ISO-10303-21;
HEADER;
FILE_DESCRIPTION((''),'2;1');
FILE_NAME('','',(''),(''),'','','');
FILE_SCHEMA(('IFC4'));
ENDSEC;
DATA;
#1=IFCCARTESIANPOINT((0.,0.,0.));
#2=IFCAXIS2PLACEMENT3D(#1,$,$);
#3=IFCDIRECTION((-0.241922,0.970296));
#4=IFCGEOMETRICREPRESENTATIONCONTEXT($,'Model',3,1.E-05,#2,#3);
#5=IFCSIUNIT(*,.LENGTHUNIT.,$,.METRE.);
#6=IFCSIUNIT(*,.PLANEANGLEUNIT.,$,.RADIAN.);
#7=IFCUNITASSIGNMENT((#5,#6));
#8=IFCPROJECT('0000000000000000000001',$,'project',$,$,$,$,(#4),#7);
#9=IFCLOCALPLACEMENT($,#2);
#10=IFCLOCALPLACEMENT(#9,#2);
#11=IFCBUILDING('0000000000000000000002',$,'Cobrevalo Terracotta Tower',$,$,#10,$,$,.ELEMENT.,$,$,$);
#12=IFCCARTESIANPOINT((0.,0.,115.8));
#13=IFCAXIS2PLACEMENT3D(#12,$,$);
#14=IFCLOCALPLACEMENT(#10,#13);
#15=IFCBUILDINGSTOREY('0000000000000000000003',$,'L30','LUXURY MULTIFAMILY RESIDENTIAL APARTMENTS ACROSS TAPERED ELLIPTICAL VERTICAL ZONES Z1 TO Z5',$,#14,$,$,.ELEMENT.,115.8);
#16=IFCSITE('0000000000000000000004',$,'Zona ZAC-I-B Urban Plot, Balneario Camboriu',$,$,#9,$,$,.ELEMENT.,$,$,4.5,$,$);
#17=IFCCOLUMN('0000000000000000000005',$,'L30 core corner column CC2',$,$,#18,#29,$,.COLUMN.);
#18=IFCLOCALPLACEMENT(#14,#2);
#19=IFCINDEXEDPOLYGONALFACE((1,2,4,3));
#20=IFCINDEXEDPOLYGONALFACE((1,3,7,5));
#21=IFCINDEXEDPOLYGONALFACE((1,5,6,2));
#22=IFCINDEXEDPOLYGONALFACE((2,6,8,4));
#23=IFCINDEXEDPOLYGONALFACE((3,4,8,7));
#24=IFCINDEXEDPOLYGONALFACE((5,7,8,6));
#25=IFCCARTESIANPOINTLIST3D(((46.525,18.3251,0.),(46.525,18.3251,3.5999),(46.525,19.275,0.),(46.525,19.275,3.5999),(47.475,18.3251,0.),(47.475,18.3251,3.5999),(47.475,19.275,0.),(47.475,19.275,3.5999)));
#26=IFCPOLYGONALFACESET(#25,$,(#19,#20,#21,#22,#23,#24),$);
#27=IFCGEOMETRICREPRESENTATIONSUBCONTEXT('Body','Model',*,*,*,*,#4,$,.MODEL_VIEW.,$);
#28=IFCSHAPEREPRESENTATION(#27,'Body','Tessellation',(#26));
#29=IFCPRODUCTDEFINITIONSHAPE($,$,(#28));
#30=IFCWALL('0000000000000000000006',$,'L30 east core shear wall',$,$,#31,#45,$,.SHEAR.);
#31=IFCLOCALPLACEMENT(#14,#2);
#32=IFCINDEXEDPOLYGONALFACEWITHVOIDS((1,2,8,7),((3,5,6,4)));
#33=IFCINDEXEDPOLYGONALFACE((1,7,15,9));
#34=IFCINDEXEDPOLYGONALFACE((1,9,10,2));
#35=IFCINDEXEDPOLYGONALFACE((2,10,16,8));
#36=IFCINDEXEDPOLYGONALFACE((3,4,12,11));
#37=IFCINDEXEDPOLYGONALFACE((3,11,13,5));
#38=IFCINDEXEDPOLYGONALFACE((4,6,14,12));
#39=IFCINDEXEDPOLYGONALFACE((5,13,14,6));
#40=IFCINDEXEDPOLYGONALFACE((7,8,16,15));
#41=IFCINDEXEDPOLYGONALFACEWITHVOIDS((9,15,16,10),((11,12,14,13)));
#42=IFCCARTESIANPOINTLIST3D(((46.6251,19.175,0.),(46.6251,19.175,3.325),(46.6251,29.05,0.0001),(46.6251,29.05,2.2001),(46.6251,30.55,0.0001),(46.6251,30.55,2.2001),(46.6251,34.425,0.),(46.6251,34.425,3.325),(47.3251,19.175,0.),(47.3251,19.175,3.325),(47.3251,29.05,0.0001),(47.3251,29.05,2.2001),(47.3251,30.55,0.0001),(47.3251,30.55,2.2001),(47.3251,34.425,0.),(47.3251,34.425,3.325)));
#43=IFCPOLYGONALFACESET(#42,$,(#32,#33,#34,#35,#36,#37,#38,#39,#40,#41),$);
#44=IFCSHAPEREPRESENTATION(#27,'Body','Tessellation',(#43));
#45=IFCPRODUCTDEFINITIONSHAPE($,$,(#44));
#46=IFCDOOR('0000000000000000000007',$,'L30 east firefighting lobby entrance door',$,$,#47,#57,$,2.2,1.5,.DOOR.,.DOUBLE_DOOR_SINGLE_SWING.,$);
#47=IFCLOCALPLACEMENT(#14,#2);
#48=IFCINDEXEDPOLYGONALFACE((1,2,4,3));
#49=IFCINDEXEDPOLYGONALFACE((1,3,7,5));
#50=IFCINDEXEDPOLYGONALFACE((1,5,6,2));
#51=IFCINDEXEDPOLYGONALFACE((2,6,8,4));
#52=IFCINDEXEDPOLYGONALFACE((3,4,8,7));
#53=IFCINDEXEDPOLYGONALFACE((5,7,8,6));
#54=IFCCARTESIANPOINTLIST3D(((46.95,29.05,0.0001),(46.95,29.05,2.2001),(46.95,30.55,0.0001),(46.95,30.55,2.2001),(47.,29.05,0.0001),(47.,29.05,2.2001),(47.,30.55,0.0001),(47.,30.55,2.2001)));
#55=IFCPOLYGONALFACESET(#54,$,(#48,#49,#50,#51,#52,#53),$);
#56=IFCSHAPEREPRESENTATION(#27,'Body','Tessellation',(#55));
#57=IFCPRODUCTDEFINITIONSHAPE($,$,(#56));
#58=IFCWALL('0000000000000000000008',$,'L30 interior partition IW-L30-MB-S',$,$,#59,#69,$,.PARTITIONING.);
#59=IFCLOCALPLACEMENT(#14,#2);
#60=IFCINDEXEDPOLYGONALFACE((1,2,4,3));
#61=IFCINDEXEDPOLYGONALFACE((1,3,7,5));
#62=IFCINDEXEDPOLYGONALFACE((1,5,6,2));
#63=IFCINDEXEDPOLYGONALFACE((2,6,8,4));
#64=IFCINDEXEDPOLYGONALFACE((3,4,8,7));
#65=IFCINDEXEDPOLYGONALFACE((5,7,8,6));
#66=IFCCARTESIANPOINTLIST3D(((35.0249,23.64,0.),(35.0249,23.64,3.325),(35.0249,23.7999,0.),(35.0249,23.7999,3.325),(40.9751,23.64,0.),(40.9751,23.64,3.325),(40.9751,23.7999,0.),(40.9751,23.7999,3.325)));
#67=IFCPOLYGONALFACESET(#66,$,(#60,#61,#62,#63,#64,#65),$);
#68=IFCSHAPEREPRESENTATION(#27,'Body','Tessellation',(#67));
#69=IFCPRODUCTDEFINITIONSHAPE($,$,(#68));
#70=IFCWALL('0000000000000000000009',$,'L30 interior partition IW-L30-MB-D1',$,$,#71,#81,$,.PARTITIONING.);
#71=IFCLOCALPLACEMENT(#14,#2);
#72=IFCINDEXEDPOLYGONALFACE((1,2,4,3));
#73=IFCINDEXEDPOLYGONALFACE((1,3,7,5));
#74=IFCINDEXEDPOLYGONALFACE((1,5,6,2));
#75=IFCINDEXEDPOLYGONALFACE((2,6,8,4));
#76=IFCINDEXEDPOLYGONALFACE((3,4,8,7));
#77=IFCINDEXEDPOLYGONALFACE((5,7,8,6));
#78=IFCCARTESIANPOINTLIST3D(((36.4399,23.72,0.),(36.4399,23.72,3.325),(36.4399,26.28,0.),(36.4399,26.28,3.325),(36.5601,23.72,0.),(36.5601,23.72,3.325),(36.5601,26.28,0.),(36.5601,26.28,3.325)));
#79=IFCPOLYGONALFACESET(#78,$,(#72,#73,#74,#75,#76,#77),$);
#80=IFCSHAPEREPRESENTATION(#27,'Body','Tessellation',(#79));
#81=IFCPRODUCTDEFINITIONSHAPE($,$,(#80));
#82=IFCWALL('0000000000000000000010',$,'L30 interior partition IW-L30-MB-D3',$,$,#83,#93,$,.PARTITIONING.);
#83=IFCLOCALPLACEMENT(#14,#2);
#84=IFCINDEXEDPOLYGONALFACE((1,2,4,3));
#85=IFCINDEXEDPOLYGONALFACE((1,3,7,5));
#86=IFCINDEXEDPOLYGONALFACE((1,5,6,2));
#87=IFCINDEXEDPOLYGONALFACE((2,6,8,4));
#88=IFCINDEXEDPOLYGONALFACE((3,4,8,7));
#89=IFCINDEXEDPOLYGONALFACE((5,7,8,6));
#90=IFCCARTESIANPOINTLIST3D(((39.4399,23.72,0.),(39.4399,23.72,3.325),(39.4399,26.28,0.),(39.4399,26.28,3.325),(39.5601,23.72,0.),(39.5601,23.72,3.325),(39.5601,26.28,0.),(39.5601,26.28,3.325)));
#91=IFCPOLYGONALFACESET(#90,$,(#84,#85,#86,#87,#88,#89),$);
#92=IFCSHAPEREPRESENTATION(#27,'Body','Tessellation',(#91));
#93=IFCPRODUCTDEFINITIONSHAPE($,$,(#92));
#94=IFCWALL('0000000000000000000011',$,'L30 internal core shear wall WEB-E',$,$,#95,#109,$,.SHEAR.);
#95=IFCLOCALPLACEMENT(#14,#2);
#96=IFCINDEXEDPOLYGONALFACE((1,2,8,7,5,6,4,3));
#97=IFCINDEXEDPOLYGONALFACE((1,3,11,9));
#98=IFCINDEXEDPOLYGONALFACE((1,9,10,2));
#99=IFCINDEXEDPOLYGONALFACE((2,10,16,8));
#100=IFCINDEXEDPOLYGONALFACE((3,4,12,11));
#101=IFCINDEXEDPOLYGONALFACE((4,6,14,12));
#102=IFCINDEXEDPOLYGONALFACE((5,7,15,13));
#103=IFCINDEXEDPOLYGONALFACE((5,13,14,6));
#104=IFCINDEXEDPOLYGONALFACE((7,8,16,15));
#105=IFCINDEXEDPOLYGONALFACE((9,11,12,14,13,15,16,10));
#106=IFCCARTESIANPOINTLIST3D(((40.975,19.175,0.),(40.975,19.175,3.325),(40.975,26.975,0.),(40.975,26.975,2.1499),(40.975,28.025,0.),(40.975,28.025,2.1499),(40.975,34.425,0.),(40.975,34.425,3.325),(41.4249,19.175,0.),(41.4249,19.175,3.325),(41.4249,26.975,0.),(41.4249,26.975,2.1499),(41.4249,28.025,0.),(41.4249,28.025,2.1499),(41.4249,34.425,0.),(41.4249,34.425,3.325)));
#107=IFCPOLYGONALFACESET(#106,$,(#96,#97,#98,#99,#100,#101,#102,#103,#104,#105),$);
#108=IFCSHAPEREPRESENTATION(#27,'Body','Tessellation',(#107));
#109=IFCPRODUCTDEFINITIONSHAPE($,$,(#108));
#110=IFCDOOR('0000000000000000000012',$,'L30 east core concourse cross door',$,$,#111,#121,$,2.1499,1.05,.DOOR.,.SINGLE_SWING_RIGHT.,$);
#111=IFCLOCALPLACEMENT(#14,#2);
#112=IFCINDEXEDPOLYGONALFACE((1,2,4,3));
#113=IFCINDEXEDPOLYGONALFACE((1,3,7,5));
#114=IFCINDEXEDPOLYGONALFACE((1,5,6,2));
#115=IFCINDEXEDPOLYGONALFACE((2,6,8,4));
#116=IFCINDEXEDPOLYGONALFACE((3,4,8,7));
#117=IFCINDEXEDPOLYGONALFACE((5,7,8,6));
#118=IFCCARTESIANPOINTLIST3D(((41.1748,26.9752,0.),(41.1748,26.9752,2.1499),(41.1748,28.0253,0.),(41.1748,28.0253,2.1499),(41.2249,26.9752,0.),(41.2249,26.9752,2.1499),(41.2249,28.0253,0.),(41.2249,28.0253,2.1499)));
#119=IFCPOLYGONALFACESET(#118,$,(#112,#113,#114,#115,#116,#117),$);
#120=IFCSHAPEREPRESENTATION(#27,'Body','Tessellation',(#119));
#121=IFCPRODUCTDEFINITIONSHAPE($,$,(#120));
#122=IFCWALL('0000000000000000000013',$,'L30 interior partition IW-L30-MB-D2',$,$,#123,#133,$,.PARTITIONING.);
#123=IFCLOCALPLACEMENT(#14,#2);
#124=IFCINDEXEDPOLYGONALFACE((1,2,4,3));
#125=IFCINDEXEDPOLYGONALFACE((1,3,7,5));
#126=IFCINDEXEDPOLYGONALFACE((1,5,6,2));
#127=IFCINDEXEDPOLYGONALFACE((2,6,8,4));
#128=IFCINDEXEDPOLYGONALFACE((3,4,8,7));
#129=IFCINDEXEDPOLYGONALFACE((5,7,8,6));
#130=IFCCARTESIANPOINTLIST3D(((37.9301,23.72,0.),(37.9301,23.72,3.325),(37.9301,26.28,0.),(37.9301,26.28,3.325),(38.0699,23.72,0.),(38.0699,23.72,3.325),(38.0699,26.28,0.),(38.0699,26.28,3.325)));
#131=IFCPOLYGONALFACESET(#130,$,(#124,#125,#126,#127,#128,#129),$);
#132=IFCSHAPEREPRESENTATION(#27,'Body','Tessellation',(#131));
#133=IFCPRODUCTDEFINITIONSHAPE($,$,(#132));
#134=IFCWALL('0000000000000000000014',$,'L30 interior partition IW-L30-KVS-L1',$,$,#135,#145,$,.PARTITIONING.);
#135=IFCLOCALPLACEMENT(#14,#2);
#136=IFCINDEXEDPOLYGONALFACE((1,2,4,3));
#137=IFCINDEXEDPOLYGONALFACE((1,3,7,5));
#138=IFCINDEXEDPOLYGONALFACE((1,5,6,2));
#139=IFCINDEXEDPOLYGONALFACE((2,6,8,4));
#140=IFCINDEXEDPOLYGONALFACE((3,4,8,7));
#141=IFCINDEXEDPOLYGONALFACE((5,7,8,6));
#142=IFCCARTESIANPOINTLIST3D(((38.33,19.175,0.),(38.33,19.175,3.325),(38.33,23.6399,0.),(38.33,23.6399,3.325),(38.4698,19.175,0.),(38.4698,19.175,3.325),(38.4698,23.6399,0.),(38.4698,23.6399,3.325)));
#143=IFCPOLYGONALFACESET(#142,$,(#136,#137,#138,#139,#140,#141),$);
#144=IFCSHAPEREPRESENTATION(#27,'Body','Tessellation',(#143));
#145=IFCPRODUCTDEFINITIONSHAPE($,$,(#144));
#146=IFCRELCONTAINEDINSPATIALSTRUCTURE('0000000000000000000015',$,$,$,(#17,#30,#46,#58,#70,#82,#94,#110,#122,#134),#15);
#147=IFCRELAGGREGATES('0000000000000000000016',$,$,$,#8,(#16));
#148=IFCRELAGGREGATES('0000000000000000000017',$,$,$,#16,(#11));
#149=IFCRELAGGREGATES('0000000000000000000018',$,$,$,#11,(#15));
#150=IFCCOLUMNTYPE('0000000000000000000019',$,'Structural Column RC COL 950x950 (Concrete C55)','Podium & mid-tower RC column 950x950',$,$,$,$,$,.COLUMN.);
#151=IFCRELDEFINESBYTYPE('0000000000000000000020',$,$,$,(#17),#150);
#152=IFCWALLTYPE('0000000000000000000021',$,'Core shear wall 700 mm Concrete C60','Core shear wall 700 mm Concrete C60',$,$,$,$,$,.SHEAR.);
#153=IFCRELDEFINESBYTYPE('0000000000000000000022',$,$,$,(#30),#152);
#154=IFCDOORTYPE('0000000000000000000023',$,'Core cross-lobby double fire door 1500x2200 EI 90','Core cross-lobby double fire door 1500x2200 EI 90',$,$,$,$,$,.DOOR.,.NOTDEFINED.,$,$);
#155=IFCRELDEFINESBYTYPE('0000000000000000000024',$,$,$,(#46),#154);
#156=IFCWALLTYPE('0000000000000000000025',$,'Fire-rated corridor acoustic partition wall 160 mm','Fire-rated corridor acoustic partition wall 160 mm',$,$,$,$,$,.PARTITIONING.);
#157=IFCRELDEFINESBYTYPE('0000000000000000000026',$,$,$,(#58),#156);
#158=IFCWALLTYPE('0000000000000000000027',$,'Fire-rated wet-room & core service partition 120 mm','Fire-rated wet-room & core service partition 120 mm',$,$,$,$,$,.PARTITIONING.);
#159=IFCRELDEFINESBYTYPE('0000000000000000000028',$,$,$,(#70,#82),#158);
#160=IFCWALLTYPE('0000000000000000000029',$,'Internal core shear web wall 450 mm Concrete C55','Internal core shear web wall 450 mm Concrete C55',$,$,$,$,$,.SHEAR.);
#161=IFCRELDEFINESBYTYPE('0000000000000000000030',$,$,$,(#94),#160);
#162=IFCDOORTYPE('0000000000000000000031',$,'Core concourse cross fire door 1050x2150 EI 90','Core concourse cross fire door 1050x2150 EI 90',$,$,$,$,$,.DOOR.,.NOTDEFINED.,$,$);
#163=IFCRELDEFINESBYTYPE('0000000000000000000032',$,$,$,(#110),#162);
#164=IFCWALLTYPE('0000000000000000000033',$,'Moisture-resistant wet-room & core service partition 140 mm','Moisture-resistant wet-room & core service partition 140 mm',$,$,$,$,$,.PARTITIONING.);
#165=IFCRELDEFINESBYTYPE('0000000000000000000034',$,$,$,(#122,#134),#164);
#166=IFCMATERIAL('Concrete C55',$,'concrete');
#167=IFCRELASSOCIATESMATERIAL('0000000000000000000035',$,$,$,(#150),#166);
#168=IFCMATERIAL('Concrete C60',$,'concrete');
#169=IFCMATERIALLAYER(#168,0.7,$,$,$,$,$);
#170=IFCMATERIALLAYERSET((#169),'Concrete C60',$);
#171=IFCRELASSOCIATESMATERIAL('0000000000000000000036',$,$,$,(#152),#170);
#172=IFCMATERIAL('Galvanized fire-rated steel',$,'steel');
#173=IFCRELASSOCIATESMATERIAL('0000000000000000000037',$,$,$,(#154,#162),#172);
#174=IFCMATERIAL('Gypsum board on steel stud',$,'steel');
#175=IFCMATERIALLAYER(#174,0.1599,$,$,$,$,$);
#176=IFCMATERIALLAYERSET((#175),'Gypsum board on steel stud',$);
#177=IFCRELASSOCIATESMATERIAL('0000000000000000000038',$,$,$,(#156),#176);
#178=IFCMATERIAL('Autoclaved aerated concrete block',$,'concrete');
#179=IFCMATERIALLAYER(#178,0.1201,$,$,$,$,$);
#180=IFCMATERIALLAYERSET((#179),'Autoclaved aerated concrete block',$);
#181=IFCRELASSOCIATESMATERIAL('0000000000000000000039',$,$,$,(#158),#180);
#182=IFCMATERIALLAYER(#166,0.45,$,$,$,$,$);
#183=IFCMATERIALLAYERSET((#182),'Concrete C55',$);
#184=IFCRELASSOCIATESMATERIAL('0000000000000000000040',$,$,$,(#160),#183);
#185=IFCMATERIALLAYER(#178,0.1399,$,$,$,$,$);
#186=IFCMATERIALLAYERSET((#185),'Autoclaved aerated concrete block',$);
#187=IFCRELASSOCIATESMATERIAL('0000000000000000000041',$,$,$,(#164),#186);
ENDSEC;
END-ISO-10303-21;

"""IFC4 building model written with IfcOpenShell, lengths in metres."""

from ifc_helpers import new_model, si_unit, direction, frame, frame_2d, origin, origin_2d, place, context, subcontext, project, spatial, rectangle, extrude, source, transform, mapped, material, layer, layer_set, material_profile, profile_set, type_object, element, fill, save


model = new_model("IFC4")

# Units and contexts
model_context = context("Model", 3, precision=1e-05, world=origin(), true_north=direction((-0.241922, 0.970296)))
body_context = subcontext(model_context, "Body", "Model", "MODEL_VIEW")
ifc_project = project(units=[si_unit("LENGTHUNIT", "METRE"), si_unit("PLANEANGLEUNIT", "RADIAN")], contexts=[model_context])

# Site, building, storey
site_placement = place(None, origin())
site = spatial("IfcSite", under=ifc_project, at=site_placement, Name="Zona ZAC-I-B Urban Plot, Balneario Camboriu", CompositionType="ELEMENT", RefElevation=4.5)
building_placement = place(site_placement, origin())
building = spatial("IfcBuilding", under=site, at=building_placement, Name="Cobrevalo Terracotta Tower", CompositionType="ELEMENT")
storey_placement = place(building_placement, frame((0.0, 0.0, 115.8)))
storey = spatial("IfcBuildingStorey", under=building, at=storey_placement, Name="L30", Description="LUXURY MULTIFAMILY RESIDENTIAL APARTMENTS ACROSS TAPERED ELLIPTICAL VERTICAL ZONES Z1 TO Z5", CompositionType="ELEMENT", Elevation=115.8)

# Column
ifc_material_1 = material(Name="Concrete C55", Category="concrete")
ifc_material_profile = material_profile(ifc_material_1, rectangle(XDim=0.95, YDim=0.95, at=origin_2d()), Name="RC COL 950x950")
ifc_profile_set = profile_set([ifc_material_profile], Name="Concrete C55")
column_type = type_object("IfcColumnType", Name="Structural Column RC COL 950x950 (Concrete C55)", Description="Podium & mid-tower RC column 950x950", PredefinedType="COLUMN", material=ifc_profile_set)
column_placement = place(storey_placement, frame((47.0, 18.8, 0.0), z_axis=(0.0, 0.0, 1.0), x_axis=(1.0, 0.0, 0.0)))
element("IfcColumn", 1, at=column_placement, inside=storey, type_object=column_type, Name="L30 core corner column CC2", PredefinedType="COLUMN", context=body_context, shape_type="SweptSolid", body=[
    extrude(rectangle(XDim=0.95, YDim=0.95, at=origin_2d()), origin(), (0.0, 0.0, 1.0), 3.5999),
])

# Wall, opening, door
ifc_material_2 = material(Name="Concrete C60", Category="concrete")
ifc_layer_1 = layer(ifc_material_2, 0.7)
ifc_layer_set_1 = layer_set([ifc_layer_1], Name="Concrete C60")
wall_type_1 = type_object("IfcWallType", Name="Core shear wall 700 mm Concrete C60", Description="Core shear wall 700 mm Concrete C60", PredefinedType="SHEAR", material=ifc_layer_set_1)
wall_1_placement = place(storey_placement, frame((46.9751, 19.175, 0.0), z_axis=(0.0, 0.0, 1.0), x_axis=(0.0, 1.0, 0.0)))
wall_1 = element("IfcWall", 2, at=wall_1_placement, inside=storey, type_object=wall_type_1, Name="L30 east core shear wall", PredefinedType="SHEAR", context=body_context, shape_type="SweptSolid", body=[
    extrude(rectangle(XDim=15.25, YDim=0.7, at=frame_2d((7.625, 0.0))), origin(), (0.0, 0.0, 1.0), 3.325),
])
opening_1_placement = place(wall_1_placement, frame((9.875, 0.0, 0.0)))
opening_1 = element("IfcOpeningElement", 3, at=opening_1_placement, cuts=wall_1, PredefinedType="OPENING", context=body_context, shape_type="SweptSolid", body=[
    extrude(rectangle(XDim=1.5, YDim=2.2, at=frame_2d((0.75, 1.1001))), frame((0.0, 0.3599, 0.0), z_axis=(0.0, -1.0, 0.0), x_axis=(1.0, 0.0, 0.0)), (0.0, 0.0, 1.0), 0.72),
])
ifc_material_3 = material(Name="Galvanized fire-rated steel", Category="steel")
door_type_1 = type_object("IfcDoorType", Name="Core cross-lobby double fire door 1500x2200 EI 90", Description="Core cross-lobby double fire door 1500x2200 EI 90", OperationType="NOTDEFINED", PredefinedType="DOOR", material=ifc_material_3)
shared_shape_1 = source(origin(), body_context, "Body", "SweptSolid", [
    extrude(rectangle(XDim=1.5, YDim=2.2, at=frame_2d((0.75, 1.1001))), frame((0.0, 0.0249, 0.0), z_axis=(0.0, -1.0, 0.0), x_axis=(1.0, 0.0, 0.0)), (0.0, 0.0, 1.0), 0.05),
])
door_1_placement = place(opening_1_placement, frame((1.5, 0.0, 0.0), z_axis=(0.0, 0.0, 1.0), x_axis=(-1.0, 0.0, 0.0)))
door_1 = element("IfcDoor", 4, at=door_1_placement, inside=storey, type_object=door_type_1, Name="L30 east firefighting lobby entrance door", OperationType="DOUBLE_DOOR_SINGLE_SWING", OverallHeight=2.2, OverallWidth=1.5, PredefinedType="DOOR", context=body_context, shape_type="MappedRepresentation", body=[
    mapped(shared_shape_1, transform((0.0, 0.0, 0.0), scale=1.0)),
])
fill(opening_1, door_1)

# Walls
ifc_material_4 = material(Name="Gypsum board on steel stud", Category="steel")
ifc_layer_2 = layer(ifc_material_4, 0.1599)
ifc_layer_set_2 = layer_set([ifc_layer_2], Name="Gypsum board on steel stud")
wall_type_2 = type_object("IfcWallType", Name="Fire-rated corridor acoustic partition wall 160 mm", Description="Fire-rated corridor acoustic partition wall 160 mm", PredefinedType="PARTITIONING", material=ifc_layer_set_2)
wall_2_placement = place(storey_placement, frame((35.0249, 23.72, 0.0), z_axis=(0.0, 0.0, 1.0), x_axis=(1.0, 0.0, 0.0)))
element("IfcWall", 5, at=wall_2_placement, inside=storey, type_object=wall_type_2, Name="L30 interior partition IW-L30-MB-S", PredefinedType="PARTITIONING", context=body_context, shape_type="SweptSolid", body=[
    extrude(rectangle(XDim=5.9502, YDim=0.1599, at=frame_2d((2.9751, 0.0))), origin(), (0.0, 0.0, 1.0), 3.325),
])
ifc_material_5 = material(Name="Autoclaved aerated concrete block", Category="concrete")
ifc_layer_3 = layer(ifc_material_5, 0.1201)
ifc_layer_set_3 = layer_set([ifc_layer_3], Name="Autoclaved aerated concrete block")
wall_type_3 = type_object("IfcWallType", Name="Fire-rated wet-room & core service partition 120 mm", Description="Fire-rated wet-room & core service partition 120 mm", PredefinedType="PARTITIONING", material=ifc_layer_set_3)
for number, where, z_axis, x_axis, name in (
    (6, (36.5, 23.72, 0.0), (0.0, 0.0, 1.0), (0.0, 1.0, 0.0), "L30 interior partition IW-L30-MB-D1"),
    (7, (39.5, 23.72, 0.0), (0.0, 0.0, 1.0), (0.0, 1.0, 0.0), "L30 interior partition IW-L30-MB-D3"),
):
    element("IfcWall", number, at=place(storey_placement, frame(where, z_axis=z_axis, x_axis=x_axis)), inside=storey, type_object=wall_type_3, Name=name, PredefinedType="PARTITIONING", context=body_context, shape_type="SweptSolid", body=[
        extrude(rectangle(XDim=2.5601, YDim=0.1201, at=frame_2d((1.28, 0.0))), origin(), (0.0, 0.0, 1.0), 3.325),
    ])

# Wall, opening, door
ifc_layer_4 = layer(ifc_material_1, 0.45)
ifc_layer_set_4 = layer_set([ifc_layer_4], Name="Concrete C55")
wall_type_4 = type_object("IfcWallType", Name="Internal core shear web wall 450 mm Concrete C55", Description="Internal core shear web wall 450 mm Concrete C55", PredefinedType="SHEAR", material=ifc_layer_set_4)
wall_3_placement = place(storey_placement, frame((41.2, 19.175, 0.0), z_axis=(0.0, 0.0, 1.0), x_axis=(0.0, 1.0, 0.0)))
wall_3 = element("IfcWall", 8, at=wall_3_placement, inside=storey, type_object=wall_type_4, Name="L30 internal core shear wall WEB-E", PredefinedType="SHEAR", context=body_context, shape_type="SweptSolid", body=[
    extrude(rectangle(XDim=15.25, YDim=0.45, at=frame_2d((7.625, 0.0))), origin(), (0.0, 0.0, 1.0), 3.325),
])
opening_2_placement = place(wall_3_placement, frame((7.8, 0.0, 0.0)))
opening_2 = element("IfcOpeningElement", 9, at=opening_2_placement, cuts=wall_3, PredefinedType="OPENING", context=body_context, shape_type="SweptSolid", body=[
    extrude(rectangle(XDim=1.05, YDim=2.1499, at=frame_2d((0.5249, 1.075))), frame((0.0, 0.2349, 0.0), z_axis=(0.0, -1.0, 0.0), x_axis=(1.0, 0.0, 0.0)), (0.0, 0.0, 1.0), 0.47),
])
door_type_2 = type_object("IfcDoorType", Name="Core concourse cross fire door 1050x2150 EI 90", Description="Core concourse cross fire door 1050x2150 EI 90", OperationType="NOTDEFINED", PredefinedType="DOOR", material=ifc_material_3)
shared_shape_2 = source(origin(), body_context, "Body", "SweptSolid", [
    extrude(rectangle(XDim=1.05, YDim=2.1499, at=frame_2d((0.5249, 1.075))), frame((0.0, 0.0249, 0.0), z_axis=(0.0, -1.0, 0.0), x_axis=(1.0, 0.0, 0.0)), (0.0, 0.0, 1.0), 0.05),
])
door_2_placement = place(opening_2_placement, frame((1.05, 0.0, 0.0), z_axis=(0.0, 0.0, 1.0), x_axis=(-1.0, 0.0, 0.0)))
door_2 = element("IfcDoor", 10, at=door_2_placement, inside=storey, type_object=door_type_2, Name="L30 east core concourse cross door", OperationType="SINGLE_SWING_RIGHT", OverallHeight=2.1499, OverallWidth=1.05, PredefinedType="DOOR", context=body_context, shape_type="MappedRepresentation", body=[
    mapped(shared_shape_2, transform((0.0, 0.0, 0.0), scale=1.0)),
])
fill(opening_2, door_2)

# Walls
ifc_layer_5 = layer(ifc_material_5, 0.1399)
ifc_layer_set_5 = layer_set([ifc_layer_5], Name="Autoclaved aerated concrete block")
wall_type_5 = type_object("IfcWallType", Name="Moisture-resistant wet-room & core service partition 140 mm", Description="Moisture-resistant wet-room & core service partition 140 mm", PredefinedType="PARTITIONING", material=ifc_layer_set_5)
wall_4_placement = place(storey_placement, frame((38.0, 23.72, 0.0), z_axis=(0.0, 0.0, 1.0), x_axis=(0.0, 1.0, 0.0)))
element("IfcWall", 11, at=wall_4_placement, inside=storey, type_object=wall_type_5, Name="L30 interior partition IW-L30-MB-D2", PredefinedType="PARTITIONING", context=body_context, shape_type="SweptSolid", body=[
    extrude(rectangle(XDim=2.5601, YDim=0.1399, at=frame_2d((1.28, 0.0))), origin(), (0.0, 0.0, 1.0), 3.325),
])
wall_5_placement = place(storey_placement, frame((38.3999, 19.175, 0.0), z_axis=(0.0, 0.0, 1.0), x_axis=(0.0, 1.0, 0.0)))
element("IfcWall", 12, at=wall_5_placement, inside=storey, type_object=wall_type_5, Name="L30 interior partition IW-L30-KVS-L1", PredefinedType="PARTITIONING", context=body_context, shape_type="SweptSolid", body=[
    extrude(rectangle(XDim=4.4648, YDim=0.1399, at=frame_2d((2.2324, 0.0))), origin(), (0.0, 0.0, 1.0), 3.325),
])

save(model, "model.ifc")
